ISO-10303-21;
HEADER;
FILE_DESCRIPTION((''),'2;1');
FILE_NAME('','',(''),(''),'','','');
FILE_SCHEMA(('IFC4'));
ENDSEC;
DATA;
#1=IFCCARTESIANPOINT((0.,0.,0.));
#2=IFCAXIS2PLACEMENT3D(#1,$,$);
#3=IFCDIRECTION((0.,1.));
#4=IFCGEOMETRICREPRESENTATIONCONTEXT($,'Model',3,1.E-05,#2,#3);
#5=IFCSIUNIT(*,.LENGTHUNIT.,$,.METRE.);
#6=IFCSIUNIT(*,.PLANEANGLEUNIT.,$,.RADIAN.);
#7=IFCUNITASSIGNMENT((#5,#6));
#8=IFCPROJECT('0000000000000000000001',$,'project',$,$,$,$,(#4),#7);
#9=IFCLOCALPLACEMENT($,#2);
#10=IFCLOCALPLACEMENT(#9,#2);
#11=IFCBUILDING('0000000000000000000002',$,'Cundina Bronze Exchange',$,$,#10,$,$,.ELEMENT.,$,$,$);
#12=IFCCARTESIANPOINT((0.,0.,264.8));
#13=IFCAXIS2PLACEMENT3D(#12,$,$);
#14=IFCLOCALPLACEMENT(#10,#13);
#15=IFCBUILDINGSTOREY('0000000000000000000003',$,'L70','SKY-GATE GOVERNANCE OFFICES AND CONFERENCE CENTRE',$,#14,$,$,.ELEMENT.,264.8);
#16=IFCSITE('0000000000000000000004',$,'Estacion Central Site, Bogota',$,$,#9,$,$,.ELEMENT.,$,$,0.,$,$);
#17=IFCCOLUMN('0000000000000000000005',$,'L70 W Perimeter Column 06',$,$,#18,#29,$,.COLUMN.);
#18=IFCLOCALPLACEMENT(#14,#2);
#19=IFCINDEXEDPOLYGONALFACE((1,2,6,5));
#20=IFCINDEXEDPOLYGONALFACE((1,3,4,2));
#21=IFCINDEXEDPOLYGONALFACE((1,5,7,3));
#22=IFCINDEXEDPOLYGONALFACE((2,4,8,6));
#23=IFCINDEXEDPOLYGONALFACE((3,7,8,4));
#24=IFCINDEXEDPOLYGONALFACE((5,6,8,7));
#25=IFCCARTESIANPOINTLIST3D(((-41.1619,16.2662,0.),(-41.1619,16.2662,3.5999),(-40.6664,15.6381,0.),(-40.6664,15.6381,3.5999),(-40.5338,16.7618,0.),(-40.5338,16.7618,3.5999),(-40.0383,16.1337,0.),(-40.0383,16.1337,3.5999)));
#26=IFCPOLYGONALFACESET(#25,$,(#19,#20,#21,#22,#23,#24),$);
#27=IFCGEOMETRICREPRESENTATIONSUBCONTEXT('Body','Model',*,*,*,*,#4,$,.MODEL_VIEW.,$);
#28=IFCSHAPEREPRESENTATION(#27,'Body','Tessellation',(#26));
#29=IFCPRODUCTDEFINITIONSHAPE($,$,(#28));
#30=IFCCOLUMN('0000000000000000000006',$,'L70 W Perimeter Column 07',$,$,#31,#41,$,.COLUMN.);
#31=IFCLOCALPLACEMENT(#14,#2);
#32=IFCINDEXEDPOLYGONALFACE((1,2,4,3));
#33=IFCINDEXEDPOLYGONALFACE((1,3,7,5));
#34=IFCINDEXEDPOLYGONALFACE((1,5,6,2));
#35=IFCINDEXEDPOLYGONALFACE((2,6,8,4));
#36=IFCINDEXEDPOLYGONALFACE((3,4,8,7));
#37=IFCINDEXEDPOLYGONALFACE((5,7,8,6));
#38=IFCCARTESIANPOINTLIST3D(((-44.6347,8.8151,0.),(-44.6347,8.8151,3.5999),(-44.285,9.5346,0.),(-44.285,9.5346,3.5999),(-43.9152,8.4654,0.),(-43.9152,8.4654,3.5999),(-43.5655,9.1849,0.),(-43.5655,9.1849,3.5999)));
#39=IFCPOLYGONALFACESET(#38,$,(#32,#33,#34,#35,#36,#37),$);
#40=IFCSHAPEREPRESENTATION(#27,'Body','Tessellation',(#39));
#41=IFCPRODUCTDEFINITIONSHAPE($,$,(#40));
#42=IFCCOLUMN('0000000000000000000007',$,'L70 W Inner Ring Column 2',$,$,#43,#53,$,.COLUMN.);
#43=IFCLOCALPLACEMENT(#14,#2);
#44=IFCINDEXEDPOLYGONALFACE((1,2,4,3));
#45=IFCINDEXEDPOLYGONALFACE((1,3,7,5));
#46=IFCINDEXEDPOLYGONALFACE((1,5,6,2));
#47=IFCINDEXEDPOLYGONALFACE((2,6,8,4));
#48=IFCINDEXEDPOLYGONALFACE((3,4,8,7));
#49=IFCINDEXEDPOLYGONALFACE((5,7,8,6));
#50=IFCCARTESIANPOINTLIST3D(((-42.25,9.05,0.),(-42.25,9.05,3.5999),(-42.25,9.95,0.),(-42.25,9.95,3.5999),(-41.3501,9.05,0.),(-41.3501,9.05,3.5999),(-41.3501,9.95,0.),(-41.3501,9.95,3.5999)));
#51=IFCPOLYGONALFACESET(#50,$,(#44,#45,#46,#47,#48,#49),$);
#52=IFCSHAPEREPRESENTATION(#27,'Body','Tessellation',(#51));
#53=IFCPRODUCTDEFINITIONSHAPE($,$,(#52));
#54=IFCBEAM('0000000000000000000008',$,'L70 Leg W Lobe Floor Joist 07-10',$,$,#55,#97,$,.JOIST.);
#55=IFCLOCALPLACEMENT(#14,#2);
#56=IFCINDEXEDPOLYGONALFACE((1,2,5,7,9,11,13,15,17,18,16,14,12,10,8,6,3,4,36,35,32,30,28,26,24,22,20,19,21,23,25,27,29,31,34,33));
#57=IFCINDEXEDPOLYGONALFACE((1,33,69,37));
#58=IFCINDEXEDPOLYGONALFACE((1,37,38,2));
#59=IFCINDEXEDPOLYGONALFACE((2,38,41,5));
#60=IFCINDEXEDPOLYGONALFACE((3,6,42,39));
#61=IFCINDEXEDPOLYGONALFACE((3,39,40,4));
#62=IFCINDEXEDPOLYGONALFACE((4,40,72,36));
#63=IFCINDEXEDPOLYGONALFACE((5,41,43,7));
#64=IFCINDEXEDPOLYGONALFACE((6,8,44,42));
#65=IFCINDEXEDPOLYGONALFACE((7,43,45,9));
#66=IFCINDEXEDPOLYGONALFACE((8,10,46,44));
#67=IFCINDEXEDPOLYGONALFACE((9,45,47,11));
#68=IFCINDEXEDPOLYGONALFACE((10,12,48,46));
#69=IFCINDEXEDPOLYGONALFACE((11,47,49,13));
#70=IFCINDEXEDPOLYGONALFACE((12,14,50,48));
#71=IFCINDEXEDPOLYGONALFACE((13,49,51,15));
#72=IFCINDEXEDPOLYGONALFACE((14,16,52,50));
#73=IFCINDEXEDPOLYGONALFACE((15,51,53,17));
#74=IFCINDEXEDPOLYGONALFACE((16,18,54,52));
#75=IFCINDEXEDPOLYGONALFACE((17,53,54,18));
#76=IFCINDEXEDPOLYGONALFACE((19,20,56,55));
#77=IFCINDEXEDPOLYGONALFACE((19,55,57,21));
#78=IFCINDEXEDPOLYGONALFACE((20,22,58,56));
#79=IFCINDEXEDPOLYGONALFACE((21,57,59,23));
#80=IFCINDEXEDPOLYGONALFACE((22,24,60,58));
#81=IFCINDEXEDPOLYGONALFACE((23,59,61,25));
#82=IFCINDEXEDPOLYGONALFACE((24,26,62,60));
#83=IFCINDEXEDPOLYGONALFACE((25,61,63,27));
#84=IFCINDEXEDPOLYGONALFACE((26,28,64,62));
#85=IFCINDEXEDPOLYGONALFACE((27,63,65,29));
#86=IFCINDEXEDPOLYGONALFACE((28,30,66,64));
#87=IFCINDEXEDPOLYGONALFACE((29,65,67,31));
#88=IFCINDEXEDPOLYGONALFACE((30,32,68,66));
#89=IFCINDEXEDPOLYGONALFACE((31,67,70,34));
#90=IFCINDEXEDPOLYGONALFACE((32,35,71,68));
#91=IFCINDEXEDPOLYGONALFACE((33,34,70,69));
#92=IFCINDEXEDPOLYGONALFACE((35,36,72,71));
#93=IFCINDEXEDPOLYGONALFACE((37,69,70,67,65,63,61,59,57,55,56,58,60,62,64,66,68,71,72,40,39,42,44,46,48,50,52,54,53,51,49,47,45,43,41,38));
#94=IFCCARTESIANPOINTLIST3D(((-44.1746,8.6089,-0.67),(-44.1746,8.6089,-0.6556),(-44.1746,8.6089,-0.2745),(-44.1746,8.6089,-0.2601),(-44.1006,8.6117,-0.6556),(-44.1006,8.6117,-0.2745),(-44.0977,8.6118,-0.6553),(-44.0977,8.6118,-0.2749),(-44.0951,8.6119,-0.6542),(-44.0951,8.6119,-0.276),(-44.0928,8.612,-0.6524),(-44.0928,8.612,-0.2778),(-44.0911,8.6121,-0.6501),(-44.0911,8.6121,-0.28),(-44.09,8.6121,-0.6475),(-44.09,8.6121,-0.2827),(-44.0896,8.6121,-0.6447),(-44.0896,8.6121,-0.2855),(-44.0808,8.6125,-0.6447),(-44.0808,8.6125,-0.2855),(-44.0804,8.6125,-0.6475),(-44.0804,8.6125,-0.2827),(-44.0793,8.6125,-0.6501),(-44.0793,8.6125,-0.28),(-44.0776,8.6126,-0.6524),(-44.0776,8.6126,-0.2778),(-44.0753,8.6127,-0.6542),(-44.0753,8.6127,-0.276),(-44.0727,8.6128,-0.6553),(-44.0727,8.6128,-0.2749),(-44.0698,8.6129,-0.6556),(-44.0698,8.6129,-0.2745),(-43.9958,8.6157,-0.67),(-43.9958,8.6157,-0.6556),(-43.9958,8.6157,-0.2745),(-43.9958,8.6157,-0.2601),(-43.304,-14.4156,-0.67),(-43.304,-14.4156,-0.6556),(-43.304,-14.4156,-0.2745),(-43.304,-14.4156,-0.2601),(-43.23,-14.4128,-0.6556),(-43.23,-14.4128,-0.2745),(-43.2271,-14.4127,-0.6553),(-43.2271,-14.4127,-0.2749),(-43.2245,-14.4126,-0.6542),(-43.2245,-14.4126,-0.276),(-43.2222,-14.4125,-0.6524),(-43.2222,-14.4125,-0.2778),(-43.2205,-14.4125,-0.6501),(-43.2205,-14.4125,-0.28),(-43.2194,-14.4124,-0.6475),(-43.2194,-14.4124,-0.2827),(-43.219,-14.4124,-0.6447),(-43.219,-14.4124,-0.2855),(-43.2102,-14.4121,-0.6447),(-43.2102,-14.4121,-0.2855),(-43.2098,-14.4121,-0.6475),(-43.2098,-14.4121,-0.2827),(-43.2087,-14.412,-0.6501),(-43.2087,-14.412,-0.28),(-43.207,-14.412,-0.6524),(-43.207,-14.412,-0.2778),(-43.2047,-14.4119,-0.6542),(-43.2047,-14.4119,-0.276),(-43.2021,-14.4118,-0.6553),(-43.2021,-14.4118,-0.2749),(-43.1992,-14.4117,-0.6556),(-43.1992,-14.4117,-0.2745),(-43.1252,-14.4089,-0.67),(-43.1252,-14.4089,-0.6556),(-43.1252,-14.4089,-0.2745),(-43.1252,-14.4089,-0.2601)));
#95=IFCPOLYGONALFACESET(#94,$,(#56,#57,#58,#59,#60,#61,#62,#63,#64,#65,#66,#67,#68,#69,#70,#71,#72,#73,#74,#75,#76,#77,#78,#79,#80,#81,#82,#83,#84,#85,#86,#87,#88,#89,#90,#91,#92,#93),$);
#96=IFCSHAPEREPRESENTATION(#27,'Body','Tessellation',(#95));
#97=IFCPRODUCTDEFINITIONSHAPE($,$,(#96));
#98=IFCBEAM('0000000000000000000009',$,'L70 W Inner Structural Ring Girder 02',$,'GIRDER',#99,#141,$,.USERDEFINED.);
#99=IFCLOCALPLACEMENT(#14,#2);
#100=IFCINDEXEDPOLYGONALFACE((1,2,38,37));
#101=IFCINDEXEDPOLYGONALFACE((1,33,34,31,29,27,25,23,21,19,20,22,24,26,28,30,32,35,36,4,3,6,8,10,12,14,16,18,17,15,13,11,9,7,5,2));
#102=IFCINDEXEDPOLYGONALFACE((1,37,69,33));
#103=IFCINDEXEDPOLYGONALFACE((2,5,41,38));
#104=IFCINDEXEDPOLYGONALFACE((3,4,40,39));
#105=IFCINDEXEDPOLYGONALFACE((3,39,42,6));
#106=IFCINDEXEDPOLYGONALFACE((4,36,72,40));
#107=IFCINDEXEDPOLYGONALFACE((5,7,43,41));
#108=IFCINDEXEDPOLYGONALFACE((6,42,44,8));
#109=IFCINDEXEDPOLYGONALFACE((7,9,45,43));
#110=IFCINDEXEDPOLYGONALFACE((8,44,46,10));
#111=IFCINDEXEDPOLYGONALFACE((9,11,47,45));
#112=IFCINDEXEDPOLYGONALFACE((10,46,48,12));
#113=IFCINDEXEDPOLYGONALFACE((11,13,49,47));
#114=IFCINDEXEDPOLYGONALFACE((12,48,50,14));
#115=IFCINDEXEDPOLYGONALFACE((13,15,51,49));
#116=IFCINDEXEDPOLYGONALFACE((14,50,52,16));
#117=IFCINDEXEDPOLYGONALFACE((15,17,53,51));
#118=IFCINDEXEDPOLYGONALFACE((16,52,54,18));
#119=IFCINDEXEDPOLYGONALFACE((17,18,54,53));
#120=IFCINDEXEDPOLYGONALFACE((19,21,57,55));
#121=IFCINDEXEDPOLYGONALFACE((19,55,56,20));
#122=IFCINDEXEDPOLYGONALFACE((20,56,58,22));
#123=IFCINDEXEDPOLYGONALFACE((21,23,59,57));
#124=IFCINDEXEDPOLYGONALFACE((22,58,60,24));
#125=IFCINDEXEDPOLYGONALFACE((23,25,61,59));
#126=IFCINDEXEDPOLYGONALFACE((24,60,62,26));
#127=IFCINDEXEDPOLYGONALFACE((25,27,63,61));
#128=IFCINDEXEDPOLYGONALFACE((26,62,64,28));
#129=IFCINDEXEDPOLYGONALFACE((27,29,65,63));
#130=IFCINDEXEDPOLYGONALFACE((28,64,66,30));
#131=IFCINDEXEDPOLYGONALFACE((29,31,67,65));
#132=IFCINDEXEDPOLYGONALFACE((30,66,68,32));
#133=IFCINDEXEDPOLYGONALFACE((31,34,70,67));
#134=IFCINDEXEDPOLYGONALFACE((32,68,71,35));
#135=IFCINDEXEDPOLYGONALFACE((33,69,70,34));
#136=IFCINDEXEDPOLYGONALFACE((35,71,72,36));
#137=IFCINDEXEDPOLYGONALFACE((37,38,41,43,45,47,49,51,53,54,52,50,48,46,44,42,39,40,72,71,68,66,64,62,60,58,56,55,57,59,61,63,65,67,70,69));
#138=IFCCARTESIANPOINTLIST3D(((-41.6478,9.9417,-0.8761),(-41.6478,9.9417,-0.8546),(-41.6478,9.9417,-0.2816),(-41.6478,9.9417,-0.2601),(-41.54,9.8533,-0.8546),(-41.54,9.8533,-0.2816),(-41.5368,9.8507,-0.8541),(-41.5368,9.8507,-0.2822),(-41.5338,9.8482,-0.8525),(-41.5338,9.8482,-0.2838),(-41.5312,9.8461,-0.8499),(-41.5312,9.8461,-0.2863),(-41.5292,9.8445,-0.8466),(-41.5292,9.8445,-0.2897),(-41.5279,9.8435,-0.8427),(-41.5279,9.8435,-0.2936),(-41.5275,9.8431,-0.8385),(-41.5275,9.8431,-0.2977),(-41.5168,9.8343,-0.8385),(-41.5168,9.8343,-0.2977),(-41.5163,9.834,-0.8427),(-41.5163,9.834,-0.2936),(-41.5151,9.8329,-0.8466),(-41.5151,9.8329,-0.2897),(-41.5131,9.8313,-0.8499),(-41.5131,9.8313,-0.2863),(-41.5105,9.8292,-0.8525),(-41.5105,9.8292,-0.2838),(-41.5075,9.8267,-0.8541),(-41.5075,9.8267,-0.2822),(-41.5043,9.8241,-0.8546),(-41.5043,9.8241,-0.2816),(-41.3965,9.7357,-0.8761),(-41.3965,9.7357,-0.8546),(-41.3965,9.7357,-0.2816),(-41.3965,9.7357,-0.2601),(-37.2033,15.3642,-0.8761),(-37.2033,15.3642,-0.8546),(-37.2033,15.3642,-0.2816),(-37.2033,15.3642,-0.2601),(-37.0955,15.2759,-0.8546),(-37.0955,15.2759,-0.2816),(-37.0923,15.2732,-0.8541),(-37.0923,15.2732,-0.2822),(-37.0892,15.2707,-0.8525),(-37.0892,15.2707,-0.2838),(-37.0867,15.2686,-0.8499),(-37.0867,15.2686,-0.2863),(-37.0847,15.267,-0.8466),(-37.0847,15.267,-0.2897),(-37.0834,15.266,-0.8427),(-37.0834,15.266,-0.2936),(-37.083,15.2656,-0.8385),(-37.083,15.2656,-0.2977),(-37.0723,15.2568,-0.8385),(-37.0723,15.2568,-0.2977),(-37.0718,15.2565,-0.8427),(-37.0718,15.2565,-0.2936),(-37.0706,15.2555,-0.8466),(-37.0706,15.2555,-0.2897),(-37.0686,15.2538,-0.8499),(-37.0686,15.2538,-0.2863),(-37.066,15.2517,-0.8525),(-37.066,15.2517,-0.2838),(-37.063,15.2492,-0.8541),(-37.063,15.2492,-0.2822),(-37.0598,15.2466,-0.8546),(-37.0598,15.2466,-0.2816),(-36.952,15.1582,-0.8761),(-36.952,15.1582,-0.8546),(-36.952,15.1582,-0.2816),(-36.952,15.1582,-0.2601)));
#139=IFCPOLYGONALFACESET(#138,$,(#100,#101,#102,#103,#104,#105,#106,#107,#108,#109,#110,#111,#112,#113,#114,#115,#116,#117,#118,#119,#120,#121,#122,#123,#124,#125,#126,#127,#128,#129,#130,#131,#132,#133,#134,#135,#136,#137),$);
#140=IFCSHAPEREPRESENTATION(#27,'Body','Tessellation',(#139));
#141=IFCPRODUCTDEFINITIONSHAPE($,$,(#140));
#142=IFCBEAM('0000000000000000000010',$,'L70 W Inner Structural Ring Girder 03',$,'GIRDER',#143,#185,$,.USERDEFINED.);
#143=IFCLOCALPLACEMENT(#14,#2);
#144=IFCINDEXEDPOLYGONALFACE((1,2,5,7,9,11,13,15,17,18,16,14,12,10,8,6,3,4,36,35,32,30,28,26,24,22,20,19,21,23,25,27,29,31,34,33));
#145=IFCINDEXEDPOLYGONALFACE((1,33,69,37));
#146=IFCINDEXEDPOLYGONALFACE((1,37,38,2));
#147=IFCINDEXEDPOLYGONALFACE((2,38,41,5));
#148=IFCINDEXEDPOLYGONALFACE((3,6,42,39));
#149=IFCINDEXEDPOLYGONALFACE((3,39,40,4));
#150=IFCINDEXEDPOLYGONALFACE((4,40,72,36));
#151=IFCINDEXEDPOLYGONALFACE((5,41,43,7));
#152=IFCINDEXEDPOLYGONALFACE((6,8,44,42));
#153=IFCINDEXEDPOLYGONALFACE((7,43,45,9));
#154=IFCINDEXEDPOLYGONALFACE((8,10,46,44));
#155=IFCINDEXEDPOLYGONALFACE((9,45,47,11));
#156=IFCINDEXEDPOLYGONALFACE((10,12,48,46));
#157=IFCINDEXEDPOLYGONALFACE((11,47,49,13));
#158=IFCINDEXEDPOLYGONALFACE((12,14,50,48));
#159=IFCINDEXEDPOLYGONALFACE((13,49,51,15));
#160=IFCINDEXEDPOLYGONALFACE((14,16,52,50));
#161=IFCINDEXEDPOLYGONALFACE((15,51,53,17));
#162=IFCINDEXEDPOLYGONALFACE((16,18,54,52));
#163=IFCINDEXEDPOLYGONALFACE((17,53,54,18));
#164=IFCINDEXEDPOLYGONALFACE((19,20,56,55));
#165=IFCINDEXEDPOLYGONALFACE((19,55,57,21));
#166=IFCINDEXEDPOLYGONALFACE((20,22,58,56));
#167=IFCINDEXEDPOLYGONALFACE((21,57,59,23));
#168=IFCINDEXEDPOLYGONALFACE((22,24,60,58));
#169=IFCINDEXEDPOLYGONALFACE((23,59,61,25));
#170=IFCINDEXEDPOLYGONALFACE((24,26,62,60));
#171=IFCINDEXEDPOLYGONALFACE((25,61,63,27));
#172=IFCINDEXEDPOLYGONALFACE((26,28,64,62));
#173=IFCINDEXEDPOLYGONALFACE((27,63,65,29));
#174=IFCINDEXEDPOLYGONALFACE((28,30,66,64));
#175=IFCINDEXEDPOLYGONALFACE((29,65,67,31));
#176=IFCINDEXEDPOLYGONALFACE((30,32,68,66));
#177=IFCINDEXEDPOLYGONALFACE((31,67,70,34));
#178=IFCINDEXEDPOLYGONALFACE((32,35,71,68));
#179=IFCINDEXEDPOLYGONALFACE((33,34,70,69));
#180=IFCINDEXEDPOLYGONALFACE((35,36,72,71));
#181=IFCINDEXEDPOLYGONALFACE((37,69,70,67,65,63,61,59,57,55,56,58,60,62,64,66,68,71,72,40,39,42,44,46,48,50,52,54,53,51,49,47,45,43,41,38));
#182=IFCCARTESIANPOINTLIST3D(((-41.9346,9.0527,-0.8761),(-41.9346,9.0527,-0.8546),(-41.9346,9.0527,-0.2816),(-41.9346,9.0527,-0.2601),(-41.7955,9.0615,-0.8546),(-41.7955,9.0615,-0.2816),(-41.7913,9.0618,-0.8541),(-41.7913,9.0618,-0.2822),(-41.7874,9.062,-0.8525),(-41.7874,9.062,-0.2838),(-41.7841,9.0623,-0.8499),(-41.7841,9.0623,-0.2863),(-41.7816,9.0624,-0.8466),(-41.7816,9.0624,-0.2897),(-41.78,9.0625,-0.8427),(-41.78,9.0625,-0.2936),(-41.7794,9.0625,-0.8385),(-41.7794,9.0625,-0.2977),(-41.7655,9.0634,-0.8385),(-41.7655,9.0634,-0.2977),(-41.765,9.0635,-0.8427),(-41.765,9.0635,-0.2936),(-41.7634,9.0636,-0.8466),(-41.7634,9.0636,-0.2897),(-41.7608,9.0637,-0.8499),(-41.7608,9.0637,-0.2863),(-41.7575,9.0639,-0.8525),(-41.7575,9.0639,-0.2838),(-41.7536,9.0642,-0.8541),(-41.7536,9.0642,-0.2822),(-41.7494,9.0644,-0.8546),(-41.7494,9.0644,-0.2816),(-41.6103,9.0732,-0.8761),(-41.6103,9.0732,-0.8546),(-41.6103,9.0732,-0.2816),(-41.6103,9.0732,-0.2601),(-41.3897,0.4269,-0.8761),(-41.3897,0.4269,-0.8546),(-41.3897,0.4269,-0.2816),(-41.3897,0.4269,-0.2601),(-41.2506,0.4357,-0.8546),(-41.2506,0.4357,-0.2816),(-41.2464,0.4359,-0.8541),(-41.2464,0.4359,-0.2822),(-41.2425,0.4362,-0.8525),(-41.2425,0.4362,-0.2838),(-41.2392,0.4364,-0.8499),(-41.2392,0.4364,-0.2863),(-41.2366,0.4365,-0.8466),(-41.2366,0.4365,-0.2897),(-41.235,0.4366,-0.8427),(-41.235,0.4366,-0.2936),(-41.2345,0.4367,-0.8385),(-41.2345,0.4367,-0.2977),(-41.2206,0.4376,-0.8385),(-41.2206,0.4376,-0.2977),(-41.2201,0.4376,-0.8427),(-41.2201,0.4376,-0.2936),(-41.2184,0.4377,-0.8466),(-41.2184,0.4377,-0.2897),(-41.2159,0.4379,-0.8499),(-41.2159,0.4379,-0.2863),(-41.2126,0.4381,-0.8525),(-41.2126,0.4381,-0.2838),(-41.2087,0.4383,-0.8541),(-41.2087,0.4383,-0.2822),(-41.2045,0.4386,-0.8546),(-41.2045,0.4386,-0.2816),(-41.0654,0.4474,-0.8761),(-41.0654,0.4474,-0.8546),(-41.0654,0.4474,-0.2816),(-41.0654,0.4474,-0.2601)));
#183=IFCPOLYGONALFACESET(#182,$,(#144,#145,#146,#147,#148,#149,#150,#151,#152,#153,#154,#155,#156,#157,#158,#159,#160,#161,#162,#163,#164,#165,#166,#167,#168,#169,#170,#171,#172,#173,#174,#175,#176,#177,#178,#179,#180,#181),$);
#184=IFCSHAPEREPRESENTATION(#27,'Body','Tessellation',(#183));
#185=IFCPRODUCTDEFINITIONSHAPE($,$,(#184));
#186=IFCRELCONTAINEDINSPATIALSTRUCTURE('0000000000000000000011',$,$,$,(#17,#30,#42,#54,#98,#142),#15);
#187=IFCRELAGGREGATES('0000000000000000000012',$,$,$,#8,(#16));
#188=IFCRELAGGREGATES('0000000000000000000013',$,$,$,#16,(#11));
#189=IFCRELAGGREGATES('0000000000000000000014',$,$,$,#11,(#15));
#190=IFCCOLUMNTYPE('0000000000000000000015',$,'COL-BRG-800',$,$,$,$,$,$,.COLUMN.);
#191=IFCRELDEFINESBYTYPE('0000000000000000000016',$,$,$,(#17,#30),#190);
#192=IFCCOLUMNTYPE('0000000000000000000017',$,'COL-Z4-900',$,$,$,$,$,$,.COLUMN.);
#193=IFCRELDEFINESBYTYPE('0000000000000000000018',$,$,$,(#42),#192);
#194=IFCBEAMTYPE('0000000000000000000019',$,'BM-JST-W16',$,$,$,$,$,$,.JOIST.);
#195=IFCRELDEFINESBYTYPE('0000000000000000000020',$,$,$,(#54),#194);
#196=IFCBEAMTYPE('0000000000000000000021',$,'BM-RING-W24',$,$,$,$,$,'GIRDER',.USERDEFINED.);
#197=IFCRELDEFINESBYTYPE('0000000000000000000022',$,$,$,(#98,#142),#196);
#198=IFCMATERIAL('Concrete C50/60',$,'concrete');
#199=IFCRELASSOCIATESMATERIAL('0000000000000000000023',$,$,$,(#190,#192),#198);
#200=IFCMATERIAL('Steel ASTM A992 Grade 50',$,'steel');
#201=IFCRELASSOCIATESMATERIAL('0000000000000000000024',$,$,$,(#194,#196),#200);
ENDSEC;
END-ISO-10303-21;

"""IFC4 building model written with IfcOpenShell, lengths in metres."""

from ifc_helpers import new_model, si_unit, direction, frame, origin, origin_2d, place, context, subcontext, project, spatial, rectangle, i_section, extrude, material, material_profile, profile_set, type_object, element, save


model = new_model("IFC4")

# Units and contexts
model_context = context("Model", 3, precision=1e-05, world=origin(), true_north=direction((0.0, 1.0)))
body_context = subcontext(model_context, "Body", "Model", "MODEL_VIEW")
ifc_project = project(units=[si_unit("LENGTHUNIT", "METRE"), si_unit("PLANEANGLEUNIT", "RADIAN")], contexts=[model_context])

# Site, building, storey
site_placement = place(None, origin())
site = spatial("IfcSite", under=ifc_project, at=site_placement, Name="Estacion Central Site, Bogota", CompositionType="ELEMENT", RefElevation=0.0)
building_placement = place(site_placement, origin())
building = spatial("IfcBuilding", under=site, at=building_placement, Name="Cundina Bronze Exchange", CompositionType="ELEMENT")
storey_placement = place(building_placement, frame((0.0, 0.0, 264.8)))
storey = spatial("IfcBuildingStorey", under=building, at=storey_placement, Name="L70", Description="SKY-GATE GOVERNANCE OFFICES AND CONFERENCE CENTRE", CompositionType="ELEMENT", Elevation=264.8)

# Columns
ifc_material_1 = material(Name="Concrete C50/60", Category="concrete")
ifc_material_profile_1 = material_profile(ifc_material_1, rectangle(XDim=0.8, YDim=0.8, at=origin_2d()), Name="RC800X800", Category="concrete")
ifc_profile_set_1 = profile_set([ifc_material_profile_1], Name="Concrete C50/60")
column_type_1 = type_object("IfcColumnType", Name="COL-BRG-800", PredefinedType="COLUMN", material=ifc_profile_set_1)
for number, where, z_axis, x_axis, name in (
    (1, (-40.6001, 16.2, 0.0), (0.0, 0.0, 1.0), (-0.785101, -0.619368, 0.0), "L70 W Perimeter Column 06"),
    (2, (-44.1001, 9.0, 0.0), (0.0, 0.0, 1.0), (-0.437116, -0.899405, 0.0), "L70 W Perimeter Column 07"),
):
    element("IfcColumn", number, at=place(storey_placement, frame(where, z_axis=z_axis, x_axis=x_axis)), inside=storey, type_object=column_type_1, Name=name, PredefinedType="COLUMN", context=body_context, shape_type="SweptSolid", body=[
        extrude(rectangle(XDim=0.8, YDim=0.8, at=origin_2d()), origin(), (0.0, 0.0, 1.0), 3.5999),
    ])
ifc_material_profile_2 = material_profile(ifc_material_1, rectangle(XDim=0.8999, YDim=0.8999, at=origin_2d()), Name="RC900X900", Category="concrete")
ifc_profile_set_2 = profile_set([ifc_material_profile_2], Name="Concrete C50/60")
column_type_2 = type_object("IfcColumnType", Name="COL-Z4-900", PredefinedType="COLUMN", material=ifc_profile_set_2)
column_placement = place(storey_placement, frame((-41.8, 9.5, 0.0), z_axis=(0.0, 0.0, 1.0), x_axis=(1.0, 0.0, 0.0)))
element("IfcColumn", 3, at=column_placement, inside=storey, type_object=column_type_2, Name="L70 W Inner Ring Column 2", PredefinedType="COLUMN", context=body_context, shape_type="SweptSolid", body=[
    extrude(rectangle(XDim=0.8999, YDim=0.8999, at=origin_2d()), origin(), (0.0, 0.0, 1.0), 3.5999),
])

# Beams
ifc_material_2 = material(Name="Steel ASTM A992 Grade 50", Category="steel")
ifc_material_profile_3 = material_profile(ifc_material_2, i_section(OverallWidth=0.179, OverallDepth=0.4099, WebThickness=0.0088, FlangeThickness=0.0144, FilletRadius=0.011, at=origin_2d()), Name="W16X45", Category="steel")
ifc_profile_set_3 = profile_set([ifc_material_profile_3], Name="Steel ASTM A992 Grade 50")
beam_type_1 = type_object("IfcBeamType", Name="BM-JST-W16", PredefinedType="JOIST", material=ifc_profile_set_3)
beam_1_placement = place(storey_placement, frame((-44.0852, 8.6123, -0.4651), z_axis=(0.037785, -0.999286, 0.0), x_axis=(0.999286, 0.037785, 0.0)))
element("IfcBeam", 4, at=beam_1_placement, inside=storey, type_object=beam_type_1, Name="L70 Leg W Lobe Floor Joist 07-10", PredefinedType="JOIST", context=body_context, shape_type="SweptSolid", body=[
    extrude(i_section(OverallWidth=0.179, OverallDepth=0.4099, WebThickness=0.0088, FlangeThickness=0.0144, FilletRadius=0.011, at=origin_2d()), origin(), (0.0, 0.0, 1.0), 23.041),
])
ifc_material_profile_4 = material_profile(ifc_material_2, i_section(OverallWidth=0.325, OverallDepth=0.616, WebThickness=0.0139, FlangeThickness=0.0215, FilletRadius=0.0161, at=origin_2d()), Name="W24X117", Category="steel")
ifc_profile_set_4 = profile_set([ifc_material_profile_4], Name="Steel ASTM A992 Grade 50")
beam_type_2 = type_object("IfcBeamType", Name="BM-RING-W24", ElementType="GIRDER", PredefinedType="USERDEFINED", material=ifc_profile_set_4)
beam_2_placement = place(storey_placement, frame((-37.0776, 15.2612, -0.5681), z_axis=(-0.633913, -0.773405, 0.0), x_axis=(0.773405, -0.633913, 0.0)))
element("IfcBeam", 5, at=beam_2_placement, inside=storey, type_object=beam_type_2, Name="L70 W Inner Structural Ring Girder 02", ObjectType="GIRDER", PredefinedType="USERDEFINED", context=body_context, shape_type="SweptSolid", body=[
    extrude(i_section(OverallWidth=0.325, OverallDepth=0.616, WebThickness=0.0139, FlangeThickness=0.0215, FilletRadius=0.0161, at=origin_2d()), origin(), (0.0, 0.0, 1.0), 7.0112),
])
beam_3_placement = place(storey_placement, frame((-41.7725, 9.063, -0.5681), z_axis=(0.063047, -0.998011, 0.0), x_axis=(0.998011, 0.063047, 0.0)))
element("IfcBeam", 6, at=beam_3_placement, inside=storey, type_object=beam_type_2, Name="L70 W Inner Structural Ring Girder 03", ObjectType="GIRDER", PredefinedType="USERDEFINED", context=body_context, shape_type="SweptSolid", body=[
    extrude(i_section(OverallWidth=0.325, OverallDepth=0.616, WebThickness=0.0139, FlangeThickness=0.0215, FilletRadius=0.0161, at=origin_2d()), origin(), (0.0, 0.0, 1.0), 8.6431),
])

save(model, "model.ifc")
